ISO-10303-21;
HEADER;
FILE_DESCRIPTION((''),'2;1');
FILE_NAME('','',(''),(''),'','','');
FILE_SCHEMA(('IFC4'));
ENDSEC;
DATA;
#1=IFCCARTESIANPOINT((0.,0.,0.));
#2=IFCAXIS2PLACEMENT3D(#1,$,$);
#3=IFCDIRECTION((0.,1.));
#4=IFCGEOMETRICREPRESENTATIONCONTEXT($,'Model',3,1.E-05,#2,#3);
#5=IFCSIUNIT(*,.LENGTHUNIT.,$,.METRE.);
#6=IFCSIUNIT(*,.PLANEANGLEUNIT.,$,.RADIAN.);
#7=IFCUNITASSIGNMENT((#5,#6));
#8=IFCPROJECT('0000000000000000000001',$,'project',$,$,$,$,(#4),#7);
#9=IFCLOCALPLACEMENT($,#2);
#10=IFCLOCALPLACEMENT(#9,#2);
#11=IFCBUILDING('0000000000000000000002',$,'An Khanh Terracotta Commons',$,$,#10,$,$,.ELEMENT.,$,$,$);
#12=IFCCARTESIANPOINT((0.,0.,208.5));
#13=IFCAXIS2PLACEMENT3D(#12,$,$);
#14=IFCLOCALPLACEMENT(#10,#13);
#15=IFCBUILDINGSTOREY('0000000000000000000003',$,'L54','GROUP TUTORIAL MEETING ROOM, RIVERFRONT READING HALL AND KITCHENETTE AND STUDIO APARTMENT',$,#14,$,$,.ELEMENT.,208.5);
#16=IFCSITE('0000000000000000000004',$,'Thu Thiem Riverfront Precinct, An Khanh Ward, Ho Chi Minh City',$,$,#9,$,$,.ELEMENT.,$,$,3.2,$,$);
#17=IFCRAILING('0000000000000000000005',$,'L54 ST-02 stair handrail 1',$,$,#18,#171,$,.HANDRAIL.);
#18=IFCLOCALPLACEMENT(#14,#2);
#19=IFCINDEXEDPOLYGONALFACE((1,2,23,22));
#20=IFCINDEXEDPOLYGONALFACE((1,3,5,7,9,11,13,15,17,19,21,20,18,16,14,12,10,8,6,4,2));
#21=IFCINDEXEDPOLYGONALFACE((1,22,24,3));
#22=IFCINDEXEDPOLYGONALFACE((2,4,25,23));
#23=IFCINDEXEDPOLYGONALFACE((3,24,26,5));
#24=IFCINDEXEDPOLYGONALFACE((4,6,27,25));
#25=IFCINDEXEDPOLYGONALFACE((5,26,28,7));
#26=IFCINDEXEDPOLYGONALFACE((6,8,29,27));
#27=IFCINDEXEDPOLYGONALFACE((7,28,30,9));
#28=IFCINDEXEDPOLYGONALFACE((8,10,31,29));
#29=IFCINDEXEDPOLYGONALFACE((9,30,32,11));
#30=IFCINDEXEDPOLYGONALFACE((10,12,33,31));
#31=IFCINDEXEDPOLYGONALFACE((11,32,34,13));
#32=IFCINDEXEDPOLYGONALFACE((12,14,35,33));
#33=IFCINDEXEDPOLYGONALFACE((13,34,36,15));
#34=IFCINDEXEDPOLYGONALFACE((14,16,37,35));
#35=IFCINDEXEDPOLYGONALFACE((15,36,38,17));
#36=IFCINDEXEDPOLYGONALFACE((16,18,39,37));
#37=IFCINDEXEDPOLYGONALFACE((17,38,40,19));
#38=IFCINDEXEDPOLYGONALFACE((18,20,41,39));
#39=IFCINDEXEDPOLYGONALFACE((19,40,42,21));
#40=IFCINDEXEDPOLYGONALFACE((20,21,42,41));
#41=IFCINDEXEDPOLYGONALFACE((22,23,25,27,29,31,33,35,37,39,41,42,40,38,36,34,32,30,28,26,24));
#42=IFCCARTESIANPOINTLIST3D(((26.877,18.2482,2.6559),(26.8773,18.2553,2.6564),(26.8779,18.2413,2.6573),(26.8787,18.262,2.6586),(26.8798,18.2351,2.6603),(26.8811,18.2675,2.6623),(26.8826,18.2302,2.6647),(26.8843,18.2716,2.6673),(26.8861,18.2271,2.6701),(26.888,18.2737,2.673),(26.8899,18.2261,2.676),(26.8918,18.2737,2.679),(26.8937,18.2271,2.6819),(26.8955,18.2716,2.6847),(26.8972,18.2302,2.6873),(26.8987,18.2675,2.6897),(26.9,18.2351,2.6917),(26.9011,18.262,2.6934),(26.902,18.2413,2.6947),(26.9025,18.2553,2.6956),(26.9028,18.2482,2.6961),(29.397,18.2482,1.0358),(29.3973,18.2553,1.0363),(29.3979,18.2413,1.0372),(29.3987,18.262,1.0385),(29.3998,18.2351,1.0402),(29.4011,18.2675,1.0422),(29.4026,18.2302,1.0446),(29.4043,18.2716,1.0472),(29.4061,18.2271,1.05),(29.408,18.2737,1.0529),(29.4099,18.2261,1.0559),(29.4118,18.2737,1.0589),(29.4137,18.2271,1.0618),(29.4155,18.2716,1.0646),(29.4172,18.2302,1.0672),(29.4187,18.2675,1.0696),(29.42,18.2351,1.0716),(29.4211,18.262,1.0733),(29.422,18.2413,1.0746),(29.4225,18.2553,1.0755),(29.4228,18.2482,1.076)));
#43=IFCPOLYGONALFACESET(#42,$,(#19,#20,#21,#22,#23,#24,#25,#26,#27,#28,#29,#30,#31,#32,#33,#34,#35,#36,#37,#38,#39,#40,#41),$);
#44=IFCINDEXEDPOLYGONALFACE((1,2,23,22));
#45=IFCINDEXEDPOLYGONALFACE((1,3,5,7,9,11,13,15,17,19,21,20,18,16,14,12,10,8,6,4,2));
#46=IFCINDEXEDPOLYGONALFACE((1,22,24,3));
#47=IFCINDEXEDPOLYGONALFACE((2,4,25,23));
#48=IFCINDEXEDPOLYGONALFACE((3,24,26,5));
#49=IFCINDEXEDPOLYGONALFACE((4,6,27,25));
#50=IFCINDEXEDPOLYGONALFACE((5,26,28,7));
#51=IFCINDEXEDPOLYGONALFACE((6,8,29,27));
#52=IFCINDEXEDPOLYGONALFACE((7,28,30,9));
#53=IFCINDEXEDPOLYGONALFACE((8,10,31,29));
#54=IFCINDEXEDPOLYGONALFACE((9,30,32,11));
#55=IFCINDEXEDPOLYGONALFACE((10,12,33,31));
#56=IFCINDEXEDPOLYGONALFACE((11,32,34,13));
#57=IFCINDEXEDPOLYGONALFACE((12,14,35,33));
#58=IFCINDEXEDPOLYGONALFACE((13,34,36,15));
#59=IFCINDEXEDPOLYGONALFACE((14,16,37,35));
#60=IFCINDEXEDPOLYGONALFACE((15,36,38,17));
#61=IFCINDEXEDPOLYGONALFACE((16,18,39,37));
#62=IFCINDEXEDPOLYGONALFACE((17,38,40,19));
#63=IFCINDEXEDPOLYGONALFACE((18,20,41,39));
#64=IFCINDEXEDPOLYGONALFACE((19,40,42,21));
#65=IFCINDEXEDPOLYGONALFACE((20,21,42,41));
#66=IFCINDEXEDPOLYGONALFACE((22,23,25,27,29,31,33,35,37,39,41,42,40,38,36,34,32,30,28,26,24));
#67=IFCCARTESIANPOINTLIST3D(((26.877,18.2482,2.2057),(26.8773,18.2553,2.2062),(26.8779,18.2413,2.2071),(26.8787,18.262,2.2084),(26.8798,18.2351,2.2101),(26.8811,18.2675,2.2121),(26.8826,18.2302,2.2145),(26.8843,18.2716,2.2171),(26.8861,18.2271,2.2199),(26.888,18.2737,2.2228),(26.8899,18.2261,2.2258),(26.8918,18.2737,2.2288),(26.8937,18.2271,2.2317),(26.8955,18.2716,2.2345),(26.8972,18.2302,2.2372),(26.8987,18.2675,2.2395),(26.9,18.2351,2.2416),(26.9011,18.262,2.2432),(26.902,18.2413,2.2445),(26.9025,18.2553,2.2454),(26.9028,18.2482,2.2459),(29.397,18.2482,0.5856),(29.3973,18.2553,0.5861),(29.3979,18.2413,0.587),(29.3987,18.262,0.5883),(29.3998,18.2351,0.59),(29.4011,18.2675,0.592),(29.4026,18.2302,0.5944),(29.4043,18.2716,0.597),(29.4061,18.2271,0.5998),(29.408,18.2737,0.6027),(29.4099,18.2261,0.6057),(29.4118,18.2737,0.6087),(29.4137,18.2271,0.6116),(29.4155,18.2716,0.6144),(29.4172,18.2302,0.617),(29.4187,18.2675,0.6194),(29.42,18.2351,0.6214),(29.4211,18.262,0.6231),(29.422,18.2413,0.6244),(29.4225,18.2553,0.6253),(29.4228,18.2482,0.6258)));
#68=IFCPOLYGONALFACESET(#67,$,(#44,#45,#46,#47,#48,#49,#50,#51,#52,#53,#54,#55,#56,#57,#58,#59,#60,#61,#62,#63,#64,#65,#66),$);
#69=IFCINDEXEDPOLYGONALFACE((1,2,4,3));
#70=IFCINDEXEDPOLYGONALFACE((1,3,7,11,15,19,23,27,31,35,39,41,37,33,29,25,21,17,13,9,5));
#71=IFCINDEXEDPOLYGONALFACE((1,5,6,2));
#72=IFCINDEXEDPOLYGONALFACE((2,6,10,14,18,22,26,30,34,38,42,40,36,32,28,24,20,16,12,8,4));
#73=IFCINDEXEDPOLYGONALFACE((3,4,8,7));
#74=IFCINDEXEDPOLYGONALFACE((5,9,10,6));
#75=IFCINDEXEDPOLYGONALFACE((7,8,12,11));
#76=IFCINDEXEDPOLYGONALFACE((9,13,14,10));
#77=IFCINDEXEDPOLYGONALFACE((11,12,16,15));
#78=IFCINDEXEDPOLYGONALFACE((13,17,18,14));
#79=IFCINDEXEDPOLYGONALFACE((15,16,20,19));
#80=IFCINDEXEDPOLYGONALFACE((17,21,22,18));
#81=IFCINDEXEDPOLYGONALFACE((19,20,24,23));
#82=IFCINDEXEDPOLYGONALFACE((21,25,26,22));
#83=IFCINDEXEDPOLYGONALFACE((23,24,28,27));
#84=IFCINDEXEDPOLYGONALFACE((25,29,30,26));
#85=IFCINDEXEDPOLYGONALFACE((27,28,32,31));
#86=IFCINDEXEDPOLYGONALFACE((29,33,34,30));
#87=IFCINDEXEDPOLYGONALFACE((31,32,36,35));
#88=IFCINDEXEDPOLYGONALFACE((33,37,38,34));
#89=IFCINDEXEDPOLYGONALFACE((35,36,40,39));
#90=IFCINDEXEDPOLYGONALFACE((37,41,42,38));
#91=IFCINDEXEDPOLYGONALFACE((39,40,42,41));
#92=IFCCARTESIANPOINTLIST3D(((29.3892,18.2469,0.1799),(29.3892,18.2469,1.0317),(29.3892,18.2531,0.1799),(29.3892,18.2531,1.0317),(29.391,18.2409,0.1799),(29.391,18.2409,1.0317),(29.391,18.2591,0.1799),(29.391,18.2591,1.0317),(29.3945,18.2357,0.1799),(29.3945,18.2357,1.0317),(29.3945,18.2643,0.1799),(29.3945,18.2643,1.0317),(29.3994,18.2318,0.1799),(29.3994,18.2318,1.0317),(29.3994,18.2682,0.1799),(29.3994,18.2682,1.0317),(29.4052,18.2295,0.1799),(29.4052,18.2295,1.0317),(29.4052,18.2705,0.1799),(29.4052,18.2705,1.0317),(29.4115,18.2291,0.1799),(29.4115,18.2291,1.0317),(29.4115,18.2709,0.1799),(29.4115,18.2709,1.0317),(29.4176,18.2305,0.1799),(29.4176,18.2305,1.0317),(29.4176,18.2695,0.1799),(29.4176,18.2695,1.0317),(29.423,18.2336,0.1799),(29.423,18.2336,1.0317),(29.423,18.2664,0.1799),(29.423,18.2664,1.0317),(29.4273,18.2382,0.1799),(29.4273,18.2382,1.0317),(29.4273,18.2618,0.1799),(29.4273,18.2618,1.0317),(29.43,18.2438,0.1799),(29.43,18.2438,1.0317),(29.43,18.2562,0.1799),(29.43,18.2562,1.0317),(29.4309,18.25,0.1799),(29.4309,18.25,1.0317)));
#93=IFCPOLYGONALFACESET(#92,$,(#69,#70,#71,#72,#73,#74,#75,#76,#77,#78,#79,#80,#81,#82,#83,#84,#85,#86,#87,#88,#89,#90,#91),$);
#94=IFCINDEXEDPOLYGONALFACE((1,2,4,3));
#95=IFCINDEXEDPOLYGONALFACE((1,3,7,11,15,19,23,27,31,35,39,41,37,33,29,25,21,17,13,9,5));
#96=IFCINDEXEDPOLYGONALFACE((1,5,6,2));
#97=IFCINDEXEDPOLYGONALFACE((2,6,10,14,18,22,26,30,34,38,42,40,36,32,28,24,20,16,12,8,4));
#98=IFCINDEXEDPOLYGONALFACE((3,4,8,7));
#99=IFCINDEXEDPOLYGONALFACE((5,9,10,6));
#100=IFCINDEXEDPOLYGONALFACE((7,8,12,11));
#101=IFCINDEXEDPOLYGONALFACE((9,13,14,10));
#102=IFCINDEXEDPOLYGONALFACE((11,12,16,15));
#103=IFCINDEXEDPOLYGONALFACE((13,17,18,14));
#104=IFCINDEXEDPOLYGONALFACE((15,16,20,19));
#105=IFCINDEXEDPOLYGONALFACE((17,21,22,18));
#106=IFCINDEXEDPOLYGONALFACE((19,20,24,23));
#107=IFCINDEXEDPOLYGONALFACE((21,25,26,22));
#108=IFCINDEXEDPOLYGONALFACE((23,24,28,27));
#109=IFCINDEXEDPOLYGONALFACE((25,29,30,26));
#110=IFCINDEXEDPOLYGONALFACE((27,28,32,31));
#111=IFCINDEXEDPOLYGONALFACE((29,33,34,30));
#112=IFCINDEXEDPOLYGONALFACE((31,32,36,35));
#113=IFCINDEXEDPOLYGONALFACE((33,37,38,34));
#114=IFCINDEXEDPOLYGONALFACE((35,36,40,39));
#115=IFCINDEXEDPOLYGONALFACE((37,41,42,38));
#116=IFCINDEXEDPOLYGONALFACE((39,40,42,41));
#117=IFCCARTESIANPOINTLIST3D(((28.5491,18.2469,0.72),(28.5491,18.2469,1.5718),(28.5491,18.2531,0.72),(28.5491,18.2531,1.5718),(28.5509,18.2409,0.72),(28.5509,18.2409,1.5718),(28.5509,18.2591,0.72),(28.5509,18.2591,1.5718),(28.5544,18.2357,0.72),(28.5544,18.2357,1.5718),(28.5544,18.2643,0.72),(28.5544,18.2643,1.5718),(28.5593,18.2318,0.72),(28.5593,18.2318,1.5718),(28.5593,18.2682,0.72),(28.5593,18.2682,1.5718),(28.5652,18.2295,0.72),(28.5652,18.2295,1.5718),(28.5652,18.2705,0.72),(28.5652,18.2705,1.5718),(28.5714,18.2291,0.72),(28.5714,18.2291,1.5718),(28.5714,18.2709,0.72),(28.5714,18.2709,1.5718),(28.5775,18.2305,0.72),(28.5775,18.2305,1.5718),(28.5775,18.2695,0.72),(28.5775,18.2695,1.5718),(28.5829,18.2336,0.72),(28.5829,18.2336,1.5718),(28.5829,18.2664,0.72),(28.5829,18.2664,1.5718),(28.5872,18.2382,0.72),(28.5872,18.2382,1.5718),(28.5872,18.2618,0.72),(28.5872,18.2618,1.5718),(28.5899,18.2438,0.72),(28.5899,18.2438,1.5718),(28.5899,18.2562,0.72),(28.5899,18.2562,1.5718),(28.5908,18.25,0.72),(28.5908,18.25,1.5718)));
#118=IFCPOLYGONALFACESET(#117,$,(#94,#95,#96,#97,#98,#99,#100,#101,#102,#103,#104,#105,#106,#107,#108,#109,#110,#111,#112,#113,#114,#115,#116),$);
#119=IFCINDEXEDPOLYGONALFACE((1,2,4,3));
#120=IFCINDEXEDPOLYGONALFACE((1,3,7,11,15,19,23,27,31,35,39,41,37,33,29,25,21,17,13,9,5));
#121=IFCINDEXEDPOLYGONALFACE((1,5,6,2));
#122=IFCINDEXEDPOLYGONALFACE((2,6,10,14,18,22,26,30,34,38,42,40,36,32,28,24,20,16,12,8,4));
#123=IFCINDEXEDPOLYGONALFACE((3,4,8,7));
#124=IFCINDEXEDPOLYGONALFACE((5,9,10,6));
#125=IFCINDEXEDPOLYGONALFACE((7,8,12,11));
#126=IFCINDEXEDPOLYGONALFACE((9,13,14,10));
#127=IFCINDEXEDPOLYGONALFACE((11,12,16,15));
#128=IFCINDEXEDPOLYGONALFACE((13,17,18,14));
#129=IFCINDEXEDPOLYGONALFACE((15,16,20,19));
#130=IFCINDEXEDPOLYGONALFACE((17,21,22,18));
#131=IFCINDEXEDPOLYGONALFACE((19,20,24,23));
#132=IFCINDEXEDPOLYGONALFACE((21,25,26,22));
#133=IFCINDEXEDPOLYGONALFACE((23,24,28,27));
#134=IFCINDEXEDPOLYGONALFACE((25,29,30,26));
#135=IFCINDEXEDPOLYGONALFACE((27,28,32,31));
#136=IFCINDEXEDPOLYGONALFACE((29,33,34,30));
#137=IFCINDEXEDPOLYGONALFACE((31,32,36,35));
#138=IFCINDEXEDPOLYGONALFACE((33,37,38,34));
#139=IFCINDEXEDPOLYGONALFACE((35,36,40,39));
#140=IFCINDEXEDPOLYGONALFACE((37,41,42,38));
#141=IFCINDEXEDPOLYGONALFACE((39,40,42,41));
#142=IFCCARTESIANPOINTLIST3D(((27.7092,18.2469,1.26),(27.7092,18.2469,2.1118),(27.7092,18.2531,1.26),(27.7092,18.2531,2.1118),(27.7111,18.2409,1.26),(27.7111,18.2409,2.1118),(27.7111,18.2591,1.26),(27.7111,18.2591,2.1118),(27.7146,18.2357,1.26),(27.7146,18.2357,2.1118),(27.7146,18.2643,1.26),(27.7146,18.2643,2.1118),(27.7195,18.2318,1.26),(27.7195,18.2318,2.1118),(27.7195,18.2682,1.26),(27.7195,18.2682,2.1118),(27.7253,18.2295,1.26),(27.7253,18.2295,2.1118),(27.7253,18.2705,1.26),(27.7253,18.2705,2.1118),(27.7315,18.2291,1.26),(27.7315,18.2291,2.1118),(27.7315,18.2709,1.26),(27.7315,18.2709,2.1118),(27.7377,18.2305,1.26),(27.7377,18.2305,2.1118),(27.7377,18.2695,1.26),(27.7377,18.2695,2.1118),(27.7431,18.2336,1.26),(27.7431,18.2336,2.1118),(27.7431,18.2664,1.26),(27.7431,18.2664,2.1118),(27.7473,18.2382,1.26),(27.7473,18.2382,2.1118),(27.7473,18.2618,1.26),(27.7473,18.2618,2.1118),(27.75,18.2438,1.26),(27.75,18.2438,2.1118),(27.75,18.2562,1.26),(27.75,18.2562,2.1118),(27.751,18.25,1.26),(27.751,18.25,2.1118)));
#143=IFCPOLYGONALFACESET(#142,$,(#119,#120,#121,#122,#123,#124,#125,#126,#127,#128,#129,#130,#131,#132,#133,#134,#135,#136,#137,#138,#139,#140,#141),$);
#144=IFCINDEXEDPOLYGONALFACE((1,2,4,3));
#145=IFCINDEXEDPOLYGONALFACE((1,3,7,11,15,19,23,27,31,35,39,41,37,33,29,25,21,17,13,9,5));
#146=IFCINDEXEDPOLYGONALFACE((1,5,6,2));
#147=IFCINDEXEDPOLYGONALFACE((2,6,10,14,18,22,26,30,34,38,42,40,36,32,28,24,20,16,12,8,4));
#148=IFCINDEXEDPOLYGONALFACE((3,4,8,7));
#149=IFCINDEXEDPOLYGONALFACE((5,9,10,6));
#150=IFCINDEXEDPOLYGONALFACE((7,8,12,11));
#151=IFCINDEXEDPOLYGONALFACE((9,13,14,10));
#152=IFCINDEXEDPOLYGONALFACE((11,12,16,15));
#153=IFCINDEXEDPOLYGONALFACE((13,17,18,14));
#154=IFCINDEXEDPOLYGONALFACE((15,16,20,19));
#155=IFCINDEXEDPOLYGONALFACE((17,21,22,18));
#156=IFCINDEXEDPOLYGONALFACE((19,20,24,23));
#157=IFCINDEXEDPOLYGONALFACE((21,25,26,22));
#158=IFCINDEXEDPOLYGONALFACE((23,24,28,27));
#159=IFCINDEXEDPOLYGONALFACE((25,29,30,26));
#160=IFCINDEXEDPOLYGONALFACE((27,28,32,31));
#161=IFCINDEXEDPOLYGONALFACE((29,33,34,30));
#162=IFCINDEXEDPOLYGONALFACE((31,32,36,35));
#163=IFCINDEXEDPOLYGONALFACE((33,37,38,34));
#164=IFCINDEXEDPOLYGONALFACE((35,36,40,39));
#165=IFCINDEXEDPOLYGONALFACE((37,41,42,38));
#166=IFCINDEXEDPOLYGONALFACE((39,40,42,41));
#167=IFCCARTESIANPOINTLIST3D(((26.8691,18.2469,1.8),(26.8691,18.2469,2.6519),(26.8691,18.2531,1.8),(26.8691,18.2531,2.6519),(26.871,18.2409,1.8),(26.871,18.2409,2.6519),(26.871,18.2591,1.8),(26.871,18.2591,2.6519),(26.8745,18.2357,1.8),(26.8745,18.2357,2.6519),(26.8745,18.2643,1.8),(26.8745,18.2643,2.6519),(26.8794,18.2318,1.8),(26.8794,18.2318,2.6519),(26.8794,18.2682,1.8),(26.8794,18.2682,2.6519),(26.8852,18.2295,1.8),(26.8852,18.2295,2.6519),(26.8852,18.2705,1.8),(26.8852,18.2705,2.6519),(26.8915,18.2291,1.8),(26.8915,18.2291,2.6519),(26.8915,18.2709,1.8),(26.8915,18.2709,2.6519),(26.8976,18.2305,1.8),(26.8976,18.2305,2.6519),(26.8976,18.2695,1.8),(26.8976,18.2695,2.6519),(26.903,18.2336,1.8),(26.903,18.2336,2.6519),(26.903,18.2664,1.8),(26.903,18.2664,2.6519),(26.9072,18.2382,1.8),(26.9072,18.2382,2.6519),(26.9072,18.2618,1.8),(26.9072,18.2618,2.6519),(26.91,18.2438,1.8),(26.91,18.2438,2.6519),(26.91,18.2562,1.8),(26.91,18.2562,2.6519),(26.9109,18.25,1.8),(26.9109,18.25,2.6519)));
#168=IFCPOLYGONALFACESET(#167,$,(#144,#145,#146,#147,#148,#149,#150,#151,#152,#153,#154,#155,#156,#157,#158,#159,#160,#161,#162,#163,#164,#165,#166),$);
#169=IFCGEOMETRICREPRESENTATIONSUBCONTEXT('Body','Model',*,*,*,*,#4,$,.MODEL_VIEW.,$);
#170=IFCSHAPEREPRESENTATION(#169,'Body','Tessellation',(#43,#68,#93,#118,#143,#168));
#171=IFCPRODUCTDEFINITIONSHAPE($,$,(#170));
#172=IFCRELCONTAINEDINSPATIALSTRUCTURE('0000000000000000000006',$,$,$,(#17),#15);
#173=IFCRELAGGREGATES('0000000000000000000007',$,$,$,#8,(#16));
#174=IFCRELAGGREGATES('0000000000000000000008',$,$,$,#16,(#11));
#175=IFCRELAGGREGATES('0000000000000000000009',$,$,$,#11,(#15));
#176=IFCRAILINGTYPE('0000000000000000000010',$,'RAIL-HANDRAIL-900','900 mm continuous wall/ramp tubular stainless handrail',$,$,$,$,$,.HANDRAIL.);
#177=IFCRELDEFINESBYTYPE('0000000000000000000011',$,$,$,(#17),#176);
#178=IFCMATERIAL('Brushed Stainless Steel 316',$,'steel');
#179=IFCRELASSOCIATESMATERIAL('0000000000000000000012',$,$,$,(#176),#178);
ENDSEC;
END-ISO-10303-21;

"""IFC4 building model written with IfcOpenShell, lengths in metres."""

from ifc_helpers import new_model, si_unit, direction, frame, origin, origin_2d, place, context, subcontext, project, spatial, circle, extrude, material, type_object, element, save


model = new_model("IFC4")

# Units and contexts
model_context = context("Model", 3, precision=1e-05, world=origin(), true_north=direction((0.0, 1.0)))
body_context = subcontext(model_context, "Body", "Model", "MODEL_VIEW")
ifc_project = project(units=[si_unit("LENGTHUNIT", "METRE"), si_unit("PLANEANGLEUNIT", "RADIAN")], contexts=[model_context])

# Site, building, storey
site_placement = place(None, origin())
site = spatial("IfcSite", under=ifc_project, at=site_placement, Name="Thu Thiem Riverfront Precinct, An Khanh Ward, Ho Chi Minh City", CompositionType="ELEMENT", RefElevation=3.2)
building_placement = place(site_placement, origin())
building = spatial("IfcBuilding", under=site, at=building_placement, Name="An Khanh Terracotta Commons", CompositionType="ELEMENT")
storey_placement = place(building_placement, frame((0.0, 0.0, 208.5)))
storey = spatial("IfcBuildingStorey", under=building, at=storey_placement, Name="L54", Description="GROUP TUTORIAL MEETING ROOM, RIVERFRONT READING HALL AND KITCHENETTE AND STUDIO APARTMENT", CompositionType="ELEMENT", Elevation=208.5)

# Railing
ifc_material_1 = material(Name="Brushed Stainless Steel 316", Category="steel")
railing_type_1 = type_object("IfcRailingType", Name="RAIL-HANDRAIL-900", Description="900 mm continuous wall/ramp tubular stainless handrail", PredefinedType="HANDRAIL", material=ifc_material_1)
railing_1_placement = place(storey_placement, frame((29.4099, 18.25, 0.1799)))
element("IfcRailing", 1, at=railing_1_placement, inside=storey, type_object=railing_type_1, Name="L54 ST-02 stair handrail 1", PredefinedType="HANDRAIL", context=body_context, shape_type="SweptSolid", body=[
    extrude(circle(Radius=0.0239, at=origin_2d()), frame((0.0, 0.0, 0.876), z_axis=(-0.841163, 0.0, 0.540782), x_axis=(0.0, -1.0, 0.0)), (0.0, 0.0, 1.0), 2.9958),
    extrude(circle(Radius=0.0239, at=origin_2d()), frame((0.0, 0.0, 0.4258), z_axis=(-0.841163, 0.0, 0.540782), x_axis=(0.0, -1.0, 0.0)), (0.0, 0.0, 1.0), 2.9958),
    extrude(circle(Radius=0.021, at=origin_2d()), origin(), (0.0, 0.0, 1.0), 0.8518),
    extrude(circle(Radius=0.021, at=origin_2d()), frame((-0.8401, 0.0, 0.54)), (0.0, 0.0, 1.0), 0.8518),
    extrude(circle(Radius=0.021, at=origin_2d()), frame((-1.6799, 0.0, 1.0801)), (0.0, 0.0, 1.0), 0.8518),
    extrude(circle(Radius=0.021, at=origin_2d()), frame((-2.52, 0.0, 1.6201)), (0.0, 0.0, 1.0), 0.8518),
])

save(model, "model.ifc")
